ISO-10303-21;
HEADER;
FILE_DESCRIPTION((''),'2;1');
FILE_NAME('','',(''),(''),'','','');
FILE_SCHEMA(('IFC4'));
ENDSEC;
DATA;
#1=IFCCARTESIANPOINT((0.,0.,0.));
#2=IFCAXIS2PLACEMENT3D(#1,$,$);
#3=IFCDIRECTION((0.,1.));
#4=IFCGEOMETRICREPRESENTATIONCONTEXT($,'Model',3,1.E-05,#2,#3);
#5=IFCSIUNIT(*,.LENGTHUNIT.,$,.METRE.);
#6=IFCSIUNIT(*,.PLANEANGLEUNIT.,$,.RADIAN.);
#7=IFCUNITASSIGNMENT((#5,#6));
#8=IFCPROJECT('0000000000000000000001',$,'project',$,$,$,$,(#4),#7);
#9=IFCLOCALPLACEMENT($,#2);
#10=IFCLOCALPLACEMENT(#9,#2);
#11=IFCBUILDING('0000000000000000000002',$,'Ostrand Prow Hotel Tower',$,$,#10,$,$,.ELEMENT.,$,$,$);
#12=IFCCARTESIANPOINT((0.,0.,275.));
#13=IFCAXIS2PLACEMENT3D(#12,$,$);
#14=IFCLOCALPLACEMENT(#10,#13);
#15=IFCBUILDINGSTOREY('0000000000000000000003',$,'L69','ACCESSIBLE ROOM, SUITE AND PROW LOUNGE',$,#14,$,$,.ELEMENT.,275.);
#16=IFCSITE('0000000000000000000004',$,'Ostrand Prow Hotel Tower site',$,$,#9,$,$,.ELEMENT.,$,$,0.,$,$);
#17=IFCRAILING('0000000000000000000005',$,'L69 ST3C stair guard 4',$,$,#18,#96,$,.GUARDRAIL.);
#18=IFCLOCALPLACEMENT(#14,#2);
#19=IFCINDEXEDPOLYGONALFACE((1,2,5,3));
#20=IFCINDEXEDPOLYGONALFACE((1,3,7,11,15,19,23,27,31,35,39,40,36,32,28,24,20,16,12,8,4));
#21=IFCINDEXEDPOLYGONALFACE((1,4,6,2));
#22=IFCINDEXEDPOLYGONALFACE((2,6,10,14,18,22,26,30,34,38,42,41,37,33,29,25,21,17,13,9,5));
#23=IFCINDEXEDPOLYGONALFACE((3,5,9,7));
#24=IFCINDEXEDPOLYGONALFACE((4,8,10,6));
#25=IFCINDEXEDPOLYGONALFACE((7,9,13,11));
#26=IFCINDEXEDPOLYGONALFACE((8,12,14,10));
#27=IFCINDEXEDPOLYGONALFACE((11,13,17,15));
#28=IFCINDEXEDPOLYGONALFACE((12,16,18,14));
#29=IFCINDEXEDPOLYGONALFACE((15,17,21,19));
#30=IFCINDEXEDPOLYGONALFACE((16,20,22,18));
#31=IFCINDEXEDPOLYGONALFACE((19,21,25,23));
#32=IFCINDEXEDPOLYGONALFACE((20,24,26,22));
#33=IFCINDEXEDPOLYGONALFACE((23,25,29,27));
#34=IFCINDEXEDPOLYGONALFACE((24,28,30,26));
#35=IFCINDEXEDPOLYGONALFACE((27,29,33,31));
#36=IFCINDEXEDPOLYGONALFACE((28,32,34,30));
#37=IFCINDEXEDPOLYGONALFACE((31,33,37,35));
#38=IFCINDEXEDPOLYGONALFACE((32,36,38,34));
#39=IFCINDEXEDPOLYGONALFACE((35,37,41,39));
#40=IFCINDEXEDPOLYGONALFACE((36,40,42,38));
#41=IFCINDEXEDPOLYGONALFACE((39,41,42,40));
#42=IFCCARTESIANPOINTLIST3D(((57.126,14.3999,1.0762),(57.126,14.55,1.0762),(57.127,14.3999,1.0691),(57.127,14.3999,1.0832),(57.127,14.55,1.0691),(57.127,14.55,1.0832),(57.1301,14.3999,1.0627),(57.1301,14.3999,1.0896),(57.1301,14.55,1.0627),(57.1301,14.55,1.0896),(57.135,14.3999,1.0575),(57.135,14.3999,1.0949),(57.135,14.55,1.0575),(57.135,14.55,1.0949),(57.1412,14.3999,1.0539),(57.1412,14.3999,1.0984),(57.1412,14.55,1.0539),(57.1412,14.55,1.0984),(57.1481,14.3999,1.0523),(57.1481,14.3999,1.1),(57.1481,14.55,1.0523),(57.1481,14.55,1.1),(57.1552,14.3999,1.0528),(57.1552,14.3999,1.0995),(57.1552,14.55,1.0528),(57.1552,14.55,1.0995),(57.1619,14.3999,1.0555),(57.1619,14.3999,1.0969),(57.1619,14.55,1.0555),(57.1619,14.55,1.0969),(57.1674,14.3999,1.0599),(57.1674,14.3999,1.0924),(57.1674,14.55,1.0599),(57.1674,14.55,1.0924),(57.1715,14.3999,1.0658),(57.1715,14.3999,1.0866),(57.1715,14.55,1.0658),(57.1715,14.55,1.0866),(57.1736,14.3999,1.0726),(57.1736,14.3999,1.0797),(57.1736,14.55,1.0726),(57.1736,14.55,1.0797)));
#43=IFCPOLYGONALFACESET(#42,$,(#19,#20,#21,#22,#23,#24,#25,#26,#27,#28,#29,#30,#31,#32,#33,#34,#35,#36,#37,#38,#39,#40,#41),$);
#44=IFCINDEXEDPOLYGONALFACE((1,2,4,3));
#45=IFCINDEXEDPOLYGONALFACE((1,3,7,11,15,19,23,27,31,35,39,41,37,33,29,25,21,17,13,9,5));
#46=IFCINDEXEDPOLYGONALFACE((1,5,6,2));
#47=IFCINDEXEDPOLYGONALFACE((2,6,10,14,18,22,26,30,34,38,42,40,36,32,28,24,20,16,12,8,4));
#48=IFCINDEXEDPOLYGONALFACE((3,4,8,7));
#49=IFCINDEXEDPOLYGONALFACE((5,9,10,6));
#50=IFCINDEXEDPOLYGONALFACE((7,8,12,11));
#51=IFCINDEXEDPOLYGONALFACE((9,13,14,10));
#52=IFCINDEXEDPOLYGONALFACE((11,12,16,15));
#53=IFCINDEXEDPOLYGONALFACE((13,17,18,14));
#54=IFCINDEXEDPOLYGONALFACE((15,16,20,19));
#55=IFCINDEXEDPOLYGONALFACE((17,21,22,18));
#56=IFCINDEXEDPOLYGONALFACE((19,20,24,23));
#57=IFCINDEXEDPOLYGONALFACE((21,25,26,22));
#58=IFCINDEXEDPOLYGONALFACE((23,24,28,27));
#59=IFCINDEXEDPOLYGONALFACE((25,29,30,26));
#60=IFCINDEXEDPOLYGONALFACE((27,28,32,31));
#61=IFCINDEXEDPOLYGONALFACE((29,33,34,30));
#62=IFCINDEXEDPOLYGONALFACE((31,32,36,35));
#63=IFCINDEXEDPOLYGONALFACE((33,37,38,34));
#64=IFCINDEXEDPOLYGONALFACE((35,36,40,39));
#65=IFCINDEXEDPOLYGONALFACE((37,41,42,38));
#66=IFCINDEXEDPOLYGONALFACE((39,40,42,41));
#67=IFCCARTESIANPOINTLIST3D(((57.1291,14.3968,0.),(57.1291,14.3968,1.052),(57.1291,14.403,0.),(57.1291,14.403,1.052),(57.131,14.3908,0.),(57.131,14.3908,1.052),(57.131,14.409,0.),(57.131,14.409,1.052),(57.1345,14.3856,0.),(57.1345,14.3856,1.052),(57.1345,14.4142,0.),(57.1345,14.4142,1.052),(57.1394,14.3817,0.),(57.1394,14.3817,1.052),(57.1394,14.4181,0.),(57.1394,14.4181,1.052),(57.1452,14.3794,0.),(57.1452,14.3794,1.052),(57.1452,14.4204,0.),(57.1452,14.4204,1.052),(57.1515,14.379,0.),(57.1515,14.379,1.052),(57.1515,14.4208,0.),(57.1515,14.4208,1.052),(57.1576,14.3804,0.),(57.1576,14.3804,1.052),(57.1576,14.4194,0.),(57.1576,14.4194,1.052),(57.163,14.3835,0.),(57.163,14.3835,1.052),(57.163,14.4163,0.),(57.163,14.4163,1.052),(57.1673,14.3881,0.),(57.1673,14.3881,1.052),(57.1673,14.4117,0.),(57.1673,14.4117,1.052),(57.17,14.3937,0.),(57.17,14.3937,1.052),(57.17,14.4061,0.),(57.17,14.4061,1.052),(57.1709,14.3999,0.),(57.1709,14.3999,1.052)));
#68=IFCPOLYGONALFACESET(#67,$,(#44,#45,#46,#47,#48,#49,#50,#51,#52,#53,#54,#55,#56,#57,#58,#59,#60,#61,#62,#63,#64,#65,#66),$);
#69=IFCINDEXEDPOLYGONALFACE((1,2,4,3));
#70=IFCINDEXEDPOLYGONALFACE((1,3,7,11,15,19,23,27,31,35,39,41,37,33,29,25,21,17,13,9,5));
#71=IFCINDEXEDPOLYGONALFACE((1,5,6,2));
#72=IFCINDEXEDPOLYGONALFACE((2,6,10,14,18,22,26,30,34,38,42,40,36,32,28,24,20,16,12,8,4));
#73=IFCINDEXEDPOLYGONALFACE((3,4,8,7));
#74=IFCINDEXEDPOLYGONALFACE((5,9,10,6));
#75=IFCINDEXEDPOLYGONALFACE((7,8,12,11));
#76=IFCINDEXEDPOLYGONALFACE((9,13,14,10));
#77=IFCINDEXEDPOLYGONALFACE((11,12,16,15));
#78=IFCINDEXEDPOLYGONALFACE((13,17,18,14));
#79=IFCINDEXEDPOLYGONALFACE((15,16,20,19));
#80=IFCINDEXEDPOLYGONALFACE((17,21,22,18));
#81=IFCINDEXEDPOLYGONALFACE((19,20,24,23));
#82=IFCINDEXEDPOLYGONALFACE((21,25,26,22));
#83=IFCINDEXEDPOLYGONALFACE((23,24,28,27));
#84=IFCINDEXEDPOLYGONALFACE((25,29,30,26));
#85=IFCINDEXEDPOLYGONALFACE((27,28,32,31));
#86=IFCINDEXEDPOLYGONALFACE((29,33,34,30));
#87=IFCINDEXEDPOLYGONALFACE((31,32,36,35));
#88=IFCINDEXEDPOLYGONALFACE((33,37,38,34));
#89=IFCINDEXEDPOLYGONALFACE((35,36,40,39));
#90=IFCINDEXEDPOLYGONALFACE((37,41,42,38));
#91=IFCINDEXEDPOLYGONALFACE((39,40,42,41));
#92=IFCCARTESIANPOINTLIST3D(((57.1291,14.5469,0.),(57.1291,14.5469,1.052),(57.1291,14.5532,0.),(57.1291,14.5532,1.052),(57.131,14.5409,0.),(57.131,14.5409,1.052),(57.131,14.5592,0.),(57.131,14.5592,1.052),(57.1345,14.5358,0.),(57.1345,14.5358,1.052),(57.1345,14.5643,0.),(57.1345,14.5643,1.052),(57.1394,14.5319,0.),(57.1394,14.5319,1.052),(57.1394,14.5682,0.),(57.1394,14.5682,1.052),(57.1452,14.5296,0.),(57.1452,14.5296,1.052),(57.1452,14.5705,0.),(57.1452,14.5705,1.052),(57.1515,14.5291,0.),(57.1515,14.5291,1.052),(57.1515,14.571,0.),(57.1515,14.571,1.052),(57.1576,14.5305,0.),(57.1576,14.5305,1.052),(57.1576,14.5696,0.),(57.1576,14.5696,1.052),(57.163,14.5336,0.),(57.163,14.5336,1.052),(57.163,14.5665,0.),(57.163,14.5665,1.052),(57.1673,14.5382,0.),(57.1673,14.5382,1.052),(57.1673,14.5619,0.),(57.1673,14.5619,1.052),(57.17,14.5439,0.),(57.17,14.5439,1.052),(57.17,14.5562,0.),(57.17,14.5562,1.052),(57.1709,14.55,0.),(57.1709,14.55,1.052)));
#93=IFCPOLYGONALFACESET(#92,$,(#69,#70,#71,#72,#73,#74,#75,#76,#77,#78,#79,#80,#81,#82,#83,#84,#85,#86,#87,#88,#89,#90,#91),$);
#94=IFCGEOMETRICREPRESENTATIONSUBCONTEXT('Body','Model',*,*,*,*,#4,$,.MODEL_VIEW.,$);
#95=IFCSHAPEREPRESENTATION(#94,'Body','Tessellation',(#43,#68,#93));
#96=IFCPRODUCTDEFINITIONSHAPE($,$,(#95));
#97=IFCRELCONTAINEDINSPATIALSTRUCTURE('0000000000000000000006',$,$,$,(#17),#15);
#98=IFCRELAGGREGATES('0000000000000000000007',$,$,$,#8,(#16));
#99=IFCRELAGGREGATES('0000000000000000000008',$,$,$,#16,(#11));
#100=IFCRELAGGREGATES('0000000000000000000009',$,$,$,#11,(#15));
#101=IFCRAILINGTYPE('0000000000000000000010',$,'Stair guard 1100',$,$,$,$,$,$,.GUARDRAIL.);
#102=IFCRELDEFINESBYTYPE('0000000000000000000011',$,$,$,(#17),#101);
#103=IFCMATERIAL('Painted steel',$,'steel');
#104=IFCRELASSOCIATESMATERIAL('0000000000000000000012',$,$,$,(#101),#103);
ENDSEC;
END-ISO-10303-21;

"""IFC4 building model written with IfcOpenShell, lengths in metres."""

from ifc_helpers import new_model, si_unit, direction, frame, origin, origin_2d, place, context, subcontext, project, spatial, circle, extrude, material, type_object, element, save


model = new_model("IFC4")

# Units and contexts
model_context = context("Model", 3, precision=1e-05, world=origin(), true_north=direction((0.0, 1.0)))
body_context = subcontext(model_context, "Body", "Model", "MODEL_VIEW")
ifc_project = project(units=[si_unit("LENGTHUNIT", "METRE"), si_unit("PLANEANGLEUNIT", "RADIAN")], contexts=[model_context])

# Site, building, storey
site_placement = place(None, origin())
site = spatial("IfcSite", under=ifc_project, at=site_placement, Name="Ostrand Prow Hotel Tower site", CompositionType="ELEMENT", RefElevation=0.0)
building_placement = place(site_placement, origin())
building = spatial("IfcBuilding", under=site, at=building_placement, Name="Ostrand Prow Hotel Tower", CompositionType="ELEMENT")
storey_placement = place(building_placement, frame((0.0, 0.0, 275.0)))
storey = spatial("IfcBuildingStorey", under=building, at=storey_placement, Name="L69", Description="ACCESSIBLE ROOM, SUITE AND PROW LOUNGE", CompositionType="ELEMENT", Elevation=275.0)

# Railing
ifc_material_1 = material(Name="Painted steel", Category="steel")
railing_type_1 = type_object("IfcRailingType", Name="Stair guard 1100", PredefinedType="GUARDRAIL", material=ifc_material_1)
railing_1_placement = place(storey_placement, frame((57.1499, 14.3999, 0.0)))
element("IfcRailing", 1, at=railing_1_placement, inside=storey, type_object=railing_type_1, Name="L69 ST3C stair guard 4", PredefinedType="GUARDRAIL", context=body_context, shape_type="SweptSolid", body=[
    extrude(circle(Radius=0.0239, at=origin_2d()), frame((0.0, 0.0, 1.0762), z_axis=(0.0, 1.0, 0.0), x_axis=(-1.0, 0.0, 0.0)), (0.0, 0.0, 1.0), 0.1501),
    extrude(circle(Radius=0.021, at=origin_2d()), origin(), (0.0, 0.0, 1.0), 1.052),
    extrude(circle(Radius=0.021, at=origin_2d()), frame((0.0, 0.1501, 0.0)), (0.0, 0.0, 1.0), 1.052),
])

save(model, "model.ifc")
